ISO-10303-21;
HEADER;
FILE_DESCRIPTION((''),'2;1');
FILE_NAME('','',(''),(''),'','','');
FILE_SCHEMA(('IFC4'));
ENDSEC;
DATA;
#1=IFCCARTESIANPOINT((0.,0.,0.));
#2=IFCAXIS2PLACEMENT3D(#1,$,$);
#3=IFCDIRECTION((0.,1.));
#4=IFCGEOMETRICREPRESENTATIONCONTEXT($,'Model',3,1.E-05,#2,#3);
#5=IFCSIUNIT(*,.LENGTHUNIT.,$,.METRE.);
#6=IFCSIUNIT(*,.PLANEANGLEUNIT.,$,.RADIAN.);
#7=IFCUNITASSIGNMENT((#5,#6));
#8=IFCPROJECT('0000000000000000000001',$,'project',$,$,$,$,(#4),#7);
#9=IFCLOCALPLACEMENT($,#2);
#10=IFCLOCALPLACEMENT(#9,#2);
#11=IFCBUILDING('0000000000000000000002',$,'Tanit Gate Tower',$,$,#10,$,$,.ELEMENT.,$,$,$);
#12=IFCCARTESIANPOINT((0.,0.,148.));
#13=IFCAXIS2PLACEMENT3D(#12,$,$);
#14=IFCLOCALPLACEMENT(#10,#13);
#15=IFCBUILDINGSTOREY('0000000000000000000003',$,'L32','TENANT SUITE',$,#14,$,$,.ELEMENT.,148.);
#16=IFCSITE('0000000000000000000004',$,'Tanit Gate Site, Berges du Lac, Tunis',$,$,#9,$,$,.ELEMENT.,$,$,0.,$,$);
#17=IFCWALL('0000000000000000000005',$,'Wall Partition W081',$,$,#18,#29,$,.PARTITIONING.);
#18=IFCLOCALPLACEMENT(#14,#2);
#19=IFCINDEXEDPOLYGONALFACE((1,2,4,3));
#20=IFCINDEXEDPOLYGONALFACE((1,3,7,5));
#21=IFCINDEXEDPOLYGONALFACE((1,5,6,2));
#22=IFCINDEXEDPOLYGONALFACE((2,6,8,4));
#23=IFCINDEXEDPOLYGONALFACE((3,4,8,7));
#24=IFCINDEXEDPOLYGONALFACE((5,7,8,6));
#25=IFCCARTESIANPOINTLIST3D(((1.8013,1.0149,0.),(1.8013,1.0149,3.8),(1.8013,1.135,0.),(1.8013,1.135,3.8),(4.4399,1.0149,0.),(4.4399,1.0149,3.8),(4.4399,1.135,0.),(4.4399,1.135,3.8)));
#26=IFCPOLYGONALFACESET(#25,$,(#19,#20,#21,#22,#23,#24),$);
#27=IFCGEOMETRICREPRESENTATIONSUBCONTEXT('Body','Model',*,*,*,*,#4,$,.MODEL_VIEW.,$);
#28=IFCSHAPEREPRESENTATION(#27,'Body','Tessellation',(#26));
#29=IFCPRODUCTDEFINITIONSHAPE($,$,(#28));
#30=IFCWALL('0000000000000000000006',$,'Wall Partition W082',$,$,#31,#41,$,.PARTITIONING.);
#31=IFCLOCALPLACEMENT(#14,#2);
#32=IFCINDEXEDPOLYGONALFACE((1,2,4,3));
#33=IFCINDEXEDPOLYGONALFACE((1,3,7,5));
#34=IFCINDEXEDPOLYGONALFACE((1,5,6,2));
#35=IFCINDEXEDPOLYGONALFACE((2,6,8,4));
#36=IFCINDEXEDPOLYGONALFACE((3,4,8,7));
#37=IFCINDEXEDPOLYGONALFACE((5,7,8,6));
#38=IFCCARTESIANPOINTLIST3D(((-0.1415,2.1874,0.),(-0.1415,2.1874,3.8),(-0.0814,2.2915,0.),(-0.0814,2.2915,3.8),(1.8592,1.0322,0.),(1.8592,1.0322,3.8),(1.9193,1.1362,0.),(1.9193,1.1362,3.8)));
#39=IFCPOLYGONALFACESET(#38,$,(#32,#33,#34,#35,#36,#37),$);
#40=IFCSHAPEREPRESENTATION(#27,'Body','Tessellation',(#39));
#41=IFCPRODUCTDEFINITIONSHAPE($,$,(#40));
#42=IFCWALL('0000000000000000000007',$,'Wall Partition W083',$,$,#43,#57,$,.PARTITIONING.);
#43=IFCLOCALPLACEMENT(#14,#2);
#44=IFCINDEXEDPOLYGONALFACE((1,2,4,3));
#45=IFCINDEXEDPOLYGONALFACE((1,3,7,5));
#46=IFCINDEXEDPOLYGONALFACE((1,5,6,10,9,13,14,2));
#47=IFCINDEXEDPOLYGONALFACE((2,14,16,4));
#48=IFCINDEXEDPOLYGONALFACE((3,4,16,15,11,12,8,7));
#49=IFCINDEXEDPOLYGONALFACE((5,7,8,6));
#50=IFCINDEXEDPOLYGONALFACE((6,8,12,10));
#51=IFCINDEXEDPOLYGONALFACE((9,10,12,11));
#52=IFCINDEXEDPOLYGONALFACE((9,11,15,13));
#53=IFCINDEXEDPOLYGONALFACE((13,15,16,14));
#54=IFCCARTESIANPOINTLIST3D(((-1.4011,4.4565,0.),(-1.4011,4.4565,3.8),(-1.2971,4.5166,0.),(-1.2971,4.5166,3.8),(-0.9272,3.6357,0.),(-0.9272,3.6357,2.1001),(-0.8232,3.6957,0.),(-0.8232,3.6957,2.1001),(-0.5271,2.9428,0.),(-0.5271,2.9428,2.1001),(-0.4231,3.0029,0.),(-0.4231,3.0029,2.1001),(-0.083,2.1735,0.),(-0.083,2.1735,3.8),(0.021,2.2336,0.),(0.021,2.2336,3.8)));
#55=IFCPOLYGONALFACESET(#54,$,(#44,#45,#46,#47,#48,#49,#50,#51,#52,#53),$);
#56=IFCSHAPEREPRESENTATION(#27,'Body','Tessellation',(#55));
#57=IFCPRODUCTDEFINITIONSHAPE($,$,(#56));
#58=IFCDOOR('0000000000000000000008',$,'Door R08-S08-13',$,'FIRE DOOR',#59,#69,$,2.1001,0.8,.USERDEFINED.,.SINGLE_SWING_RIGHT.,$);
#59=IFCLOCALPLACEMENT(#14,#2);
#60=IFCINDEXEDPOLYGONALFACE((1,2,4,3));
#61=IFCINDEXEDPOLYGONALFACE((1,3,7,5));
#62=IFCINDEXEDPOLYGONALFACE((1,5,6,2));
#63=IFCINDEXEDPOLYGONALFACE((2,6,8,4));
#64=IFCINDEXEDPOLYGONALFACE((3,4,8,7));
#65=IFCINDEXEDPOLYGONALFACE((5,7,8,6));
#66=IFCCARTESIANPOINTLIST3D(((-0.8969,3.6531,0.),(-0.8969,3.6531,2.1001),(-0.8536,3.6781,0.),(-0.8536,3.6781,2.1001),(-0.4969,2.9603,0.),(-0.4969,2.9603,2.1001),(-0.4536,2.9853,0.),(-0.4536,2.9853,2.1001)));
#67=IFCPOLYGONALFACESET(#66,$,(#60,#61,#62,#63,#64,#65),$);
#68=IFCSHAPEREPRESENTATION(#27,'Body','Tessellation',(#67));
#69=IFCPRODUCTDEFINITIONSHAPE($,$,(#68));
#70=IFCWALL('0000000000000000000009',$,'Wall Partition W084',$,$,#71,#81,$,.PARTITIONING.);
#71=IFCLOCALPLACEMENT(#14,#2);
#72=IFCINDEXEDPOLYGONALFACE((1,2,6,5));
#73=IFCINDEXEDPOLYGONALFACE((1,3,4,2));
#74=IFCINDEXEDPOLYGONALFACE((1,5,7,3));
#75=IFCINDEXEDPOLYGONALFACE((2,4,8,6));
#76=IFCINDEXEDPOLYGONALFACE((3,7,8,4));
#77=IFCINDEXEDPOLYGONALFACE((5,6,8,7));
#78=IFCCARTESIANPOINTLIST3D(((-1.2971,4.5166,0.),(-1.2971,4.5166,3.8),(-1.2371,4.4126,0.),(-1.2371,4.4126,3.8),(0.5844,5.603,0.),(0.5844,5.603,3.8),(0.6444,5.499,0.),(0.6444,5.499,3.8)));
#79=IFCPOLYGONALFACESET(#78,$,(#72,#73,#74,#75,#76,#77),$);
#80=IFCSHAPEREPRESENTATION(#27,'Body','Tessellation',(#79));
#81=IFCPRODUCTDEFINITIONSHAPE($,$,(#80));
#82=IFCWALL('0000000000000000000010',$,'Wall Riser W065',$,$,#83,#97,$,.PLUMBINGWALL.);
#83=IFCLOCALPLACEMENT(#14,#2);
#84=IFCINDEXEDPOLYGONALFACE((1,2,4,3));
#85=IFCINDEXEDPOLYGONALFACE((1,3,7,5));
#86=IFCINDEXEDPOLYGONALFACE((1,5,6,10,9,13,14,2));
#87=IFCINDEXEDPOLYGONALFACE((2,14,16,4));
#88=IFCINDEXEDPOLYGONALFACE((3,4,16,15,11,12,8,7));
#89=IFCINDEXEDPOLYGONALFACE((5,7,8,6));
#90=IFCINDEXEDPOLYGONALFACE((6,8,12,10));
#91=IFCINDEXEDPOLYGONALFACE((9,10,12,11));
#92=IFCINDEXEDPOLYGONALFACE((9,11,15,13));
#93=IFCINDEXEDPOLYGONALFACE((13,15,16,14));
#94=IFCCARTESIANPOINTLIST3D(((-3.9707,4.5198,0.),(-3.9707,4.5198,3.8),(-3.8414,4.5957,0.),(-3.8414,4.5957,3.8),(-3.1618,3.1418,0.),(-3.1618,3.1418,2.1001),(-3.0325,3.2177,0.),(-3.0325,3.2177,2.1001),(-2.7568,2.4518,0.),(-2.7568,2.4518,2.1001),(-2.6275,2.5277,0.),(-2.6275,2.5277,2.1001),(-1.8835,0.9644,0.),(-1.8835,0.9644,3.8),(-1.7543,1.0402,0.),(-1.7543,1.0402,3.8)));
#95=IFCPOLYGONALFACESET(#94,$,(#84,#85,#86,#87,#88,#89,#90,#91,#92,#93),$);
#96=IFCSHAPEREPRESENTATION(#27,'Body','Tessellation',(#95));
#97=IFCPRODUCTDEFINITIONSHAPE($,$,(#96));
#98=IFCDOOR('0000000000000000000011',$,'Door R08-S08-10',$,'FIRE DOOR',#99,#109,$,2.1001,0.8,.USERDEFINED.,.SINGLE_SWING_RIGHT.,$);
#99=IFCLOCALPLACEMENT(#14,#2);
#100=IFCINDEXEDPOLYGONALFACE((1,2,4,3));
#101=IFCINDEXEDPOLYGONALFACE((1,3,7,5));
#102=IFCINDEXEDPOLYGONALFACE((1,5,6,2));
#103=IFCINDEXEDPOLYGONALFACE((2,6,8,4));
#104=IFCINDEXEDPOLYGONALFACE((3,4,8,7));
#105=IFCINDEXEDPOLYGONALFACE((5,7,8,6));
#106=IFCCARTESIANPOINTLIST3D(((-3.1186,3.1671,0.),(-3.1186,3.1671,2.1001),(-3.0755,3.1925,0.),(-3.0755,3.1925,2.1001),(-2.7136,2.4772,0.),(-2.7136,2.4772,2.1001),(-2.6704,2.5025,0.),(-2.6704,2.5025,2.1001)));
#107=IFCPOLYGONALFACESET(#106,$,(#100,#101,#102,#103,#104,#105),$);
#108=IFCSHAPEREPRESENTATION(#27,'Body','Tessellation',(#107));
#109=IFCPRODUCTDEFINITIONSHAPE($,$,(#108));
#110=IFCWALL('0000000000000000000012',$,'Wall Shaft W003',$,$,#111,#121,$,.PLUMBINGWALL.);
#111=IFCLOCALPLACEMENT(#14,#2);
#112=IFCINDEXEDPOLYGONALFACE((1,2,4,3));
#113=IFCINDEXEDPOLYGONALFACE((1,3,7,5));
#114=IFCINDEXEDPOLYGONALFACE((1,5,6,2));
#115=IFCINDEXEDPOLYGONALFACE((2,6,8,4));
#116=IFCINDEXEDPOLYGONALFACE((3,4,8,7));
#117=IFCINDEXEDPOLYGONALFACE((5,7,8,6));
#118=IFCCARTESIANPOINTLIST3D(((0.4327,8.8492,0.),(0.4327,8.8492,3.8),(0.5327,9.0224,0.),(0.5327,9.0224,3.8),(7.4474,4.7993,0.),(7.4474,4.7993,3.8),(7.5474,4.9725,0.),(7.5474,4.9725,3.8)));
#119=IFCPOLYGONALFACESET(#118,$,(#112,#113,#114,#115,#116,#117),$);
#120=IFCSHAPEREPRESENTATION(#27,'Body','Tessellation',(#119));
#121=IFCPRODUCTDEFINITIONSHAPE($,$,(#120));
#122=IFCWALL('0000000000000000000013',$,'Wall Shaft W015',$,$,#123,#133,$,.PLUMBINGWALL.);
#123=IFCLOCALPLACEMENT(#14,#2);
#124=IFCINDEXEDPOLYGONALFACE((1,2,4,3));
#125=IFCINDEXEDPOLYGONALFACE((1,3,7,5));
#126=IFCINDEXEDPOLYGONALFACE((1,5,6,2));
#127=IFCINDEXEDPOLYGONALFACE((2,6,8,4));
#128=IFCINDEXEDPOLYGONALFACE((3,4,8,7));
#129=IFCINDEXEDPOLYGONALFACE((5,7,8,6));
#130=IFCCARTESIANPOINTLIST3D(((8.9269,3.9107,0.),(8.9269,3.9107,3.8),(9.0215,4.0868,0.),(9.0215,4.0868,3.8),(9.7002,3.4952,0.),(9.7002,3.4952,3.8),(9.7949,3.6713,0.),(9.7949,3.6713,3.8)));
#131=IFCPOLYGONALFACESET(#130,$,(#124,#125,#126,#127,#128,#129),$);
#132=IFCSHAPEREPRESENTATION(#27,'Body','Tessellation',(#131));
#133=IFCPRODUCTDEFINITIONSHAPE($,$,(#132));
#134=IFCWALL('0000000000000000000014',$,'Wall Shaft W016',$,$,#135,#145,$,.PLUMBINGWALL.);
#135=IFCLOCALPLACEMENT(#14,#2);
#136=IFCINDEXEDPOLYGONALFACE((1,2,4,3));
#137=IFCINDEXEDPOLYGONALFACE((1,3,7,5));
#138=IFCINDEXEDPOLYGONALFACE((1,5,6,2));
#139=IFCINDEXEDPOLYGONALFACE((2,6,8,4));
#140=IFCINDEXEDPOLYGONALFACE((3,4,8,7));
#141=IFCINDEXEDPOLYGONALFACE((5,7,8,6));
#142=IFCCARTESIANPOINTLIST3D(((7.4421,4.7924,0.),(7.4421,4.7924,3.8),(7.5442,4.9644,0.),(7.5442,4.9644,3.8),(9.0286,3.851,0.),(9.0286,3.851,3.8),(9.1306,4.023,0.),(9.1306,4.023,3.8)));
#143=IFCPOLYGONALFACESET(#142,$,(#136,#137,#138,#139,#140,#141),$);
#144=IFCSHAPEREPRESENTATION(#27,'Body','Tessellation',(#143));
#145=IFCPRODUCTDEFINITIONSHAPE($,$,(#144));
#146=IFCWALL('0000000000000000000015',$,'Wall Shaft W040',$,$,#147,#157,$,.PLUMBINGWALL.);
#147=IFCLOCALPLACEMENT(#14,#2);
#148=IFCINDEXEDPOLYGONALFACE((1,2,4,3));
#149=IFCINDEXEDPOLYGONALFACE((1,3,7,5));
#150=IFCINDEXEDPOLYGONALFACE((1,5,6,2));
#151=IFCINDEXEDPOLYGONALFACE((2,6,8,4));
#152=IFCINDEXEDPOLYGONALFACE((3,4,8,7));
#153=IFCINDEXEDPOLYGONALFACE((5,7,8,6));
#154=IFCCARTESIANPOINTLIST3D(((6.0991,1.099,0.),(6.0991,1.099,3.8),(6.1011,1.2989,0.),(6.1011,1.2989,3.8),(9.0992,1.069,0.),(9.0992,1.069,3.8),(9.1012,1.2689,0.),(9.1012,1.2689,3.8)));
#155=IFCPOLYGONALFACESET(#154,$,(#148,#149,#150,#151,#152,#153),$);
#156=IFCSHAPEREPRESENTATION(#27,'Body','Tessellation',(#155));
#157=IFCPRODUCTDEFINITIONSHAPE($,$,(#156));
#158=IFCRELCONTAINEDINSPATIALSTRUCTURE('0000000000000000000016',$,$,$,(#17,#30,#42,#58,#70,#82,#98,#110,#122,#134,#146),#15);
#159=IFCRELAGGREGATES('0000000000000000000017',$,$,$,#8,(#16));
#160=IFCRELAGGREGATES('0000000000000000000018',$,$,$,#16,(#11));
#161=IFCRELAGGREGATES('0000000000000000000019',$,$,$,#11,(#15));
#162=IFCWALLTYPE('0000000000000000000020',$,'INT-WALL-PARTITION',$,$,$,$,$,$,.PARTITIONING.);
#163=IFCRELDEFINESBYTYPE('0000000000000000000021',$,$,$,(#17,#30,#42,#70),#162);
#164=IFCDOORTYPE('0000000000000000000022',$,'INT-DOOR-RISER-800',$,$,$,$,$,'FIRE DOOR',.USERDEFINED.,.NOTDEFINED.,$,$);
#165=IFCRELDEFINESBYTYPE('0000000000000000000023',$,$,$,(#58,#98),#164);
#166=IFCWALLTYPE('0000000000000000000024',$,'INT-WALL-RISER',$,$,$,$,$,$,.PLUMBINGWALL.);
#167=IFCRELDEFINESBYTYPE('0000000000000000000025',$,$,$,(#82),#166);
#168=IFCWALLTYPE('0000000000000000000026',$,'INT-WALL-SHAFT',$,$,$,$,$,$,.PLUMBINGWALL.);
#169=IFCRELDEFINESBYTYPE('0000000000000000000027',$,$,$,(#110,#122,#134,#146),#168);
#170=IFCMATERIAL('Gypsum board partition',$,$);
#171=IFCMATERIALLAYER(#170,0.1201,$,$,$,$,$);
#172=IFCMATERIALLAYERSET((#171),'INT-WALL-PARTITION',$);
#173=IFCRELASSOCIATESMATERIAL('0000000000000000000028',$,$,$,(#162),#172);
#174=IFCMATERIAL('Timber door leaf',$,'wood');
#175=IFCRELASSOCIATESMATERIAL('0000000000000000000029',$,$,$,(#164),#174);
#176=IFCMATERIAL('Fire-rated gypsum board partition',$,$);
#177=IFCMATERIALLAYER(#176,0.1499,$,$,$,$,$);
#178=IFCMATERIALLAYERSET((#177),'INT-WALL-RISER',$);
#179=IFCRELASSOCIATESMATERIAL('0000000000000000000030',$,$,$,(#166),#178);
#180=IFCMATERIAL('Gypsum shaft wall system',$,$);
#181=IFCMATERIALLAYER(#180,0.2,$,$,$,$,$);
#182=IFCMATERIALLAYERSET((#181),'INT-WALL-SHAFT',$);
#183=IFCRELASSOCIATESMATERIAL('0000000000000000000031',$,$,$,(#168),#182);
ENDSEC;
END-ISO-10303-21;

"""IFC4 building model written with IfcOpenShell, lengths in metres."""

from ifc_helpers import new_model, si_unit, direction, frame, frame_2d, origin, place, context, subcontext, project, spatial, rectangle, extrude, material, layer, layer_set, type_object, element, fill, save


model = new_model("IFC4")

# Units and contexts
model_context = context("Model", 3, precision=1e-05, world=origin(), true_north=direction((0.0, 1.0)))
body_context = subcontext(model_context, "Body", "Model", "MODEL_VIEW")
ifc_project = project(units=[si_unit("LENGTHUNIT", "METRE"), si_unit("PLANEANGLEUNIT", "RADIAN")], contexts=[model_context])

# Site, building, storey
site_placement = place(None, origin())
site = spatial("IfcSite", under=ifc_project, at=site_placement, Name="Tanit Gate Site, Berges du Lac, Tunis", CompositionType="ELEMENT", RefElevation=0.0)
building_placement = place(site_placement, origin())
building = spatial("IfcBuilding", under=site, at=building_placement, Name="Tanit Gate Tower", CompositionType="ELEMENT")
storey_placement = place(building_placement, frame((0.0, 0.0, 148.0)))
storey = spatial("IfcBuildingStorey", under=building, at=storey_placement, Name="L32", Description="TENANT SUITE", CompositionType="ELEMENT", Elevation=148.0)

# Shared definitions
ifc_material_1 = material(Name="Gypsum board partition")
ifc_layer_1 = layer(ifc_material_1, 0.1201)
ifc_layer_set_1 = layer_set([ifc_layer_1], Name="INT-WALL-PARTITION")
wall_type_1 = type_object("IfcWallType", Name="INT-WALL-PARTITION", PredefinedType="PARTITIONING", material=ifc_layer_set_1)
ifc_material_2 = material(Name="Timber door leaf", Category="wood")
door_type_1 = type_object("IfcDoorType", Name="INT-DOOR-RISER-800", ElementType="FIRE DOOR", OperationType="NOTDEFINED", PredefinedType="USERDEFINED", material=ifc_material_2)

# Walls
wall_1_placement = place(storey_placement, frame((1.8013, 1.075, 0.0), z_axis=(0.0, 0.0, 1.0), x_axis=(1.0, 0.0, 0.0)))
element("IfcWall", 1, at=wall_1_placement, inside=storey, type_object=wall_type_1, Name="Wall Partition W081", PredefinedType="PARTITIONING", context=body_context, shape_type="SweptSolid", body=[
    extrude(rectangle(XDim=2.6387, YDim=0.1201, at=frame_2d((1.3193, 0.0))), origin(), (0.0, 0.0, 1.0), 3.8),
])
wall_2_placement = place(storey_placement, frame((-0.1116, 2.2395, 0.0), z_axis=(0.0, 0.0, 1.0), x_axis=(0.865997, -0.500049, 0.0)))
element("IfcWall", 2, at=wall_2_placement, inside=storey, type_object=wall_type_1, Name="Wall Partition W082", PredefinedType="PARTITIONING", context=body_context, shape_type="SweptSolid", body=[
    extrude(rectangle(XDim=2.3103, YDim=0.1201, at=frame_2d((1.1553, 0.0))), origin(), (0.0, 0.0, 1.0), 3.8),
])

# Wall, opening, door
wall_3_placement = place(storey_placement, frame((-1.3491, 4.4866, 0.0), z_axis=(0.0, 0.0, 1.0), x_axis=(0.500014, -0.866017, 0.0)))
wall_3 = element("IfcWall", 3, at=wall_3_placement, inside=storey, type_object=wall_type_1, Name="Wall Partition W083", PredefinedType="PARTITIONING", context=body_context, shape_type="SweptSolid", body=[
    extrude(rectangle(XDim=2.6362, YDim=0.1201, at=frame_2d((1.3181, 0.0))), origin(), (0.0, 0.0, 1.0), 3.8),
])
opening_1_placement = place(wall_3_placement, frame((0.948, 0.0, 0.0)))
opening_1 = element("IfcOpeningElement", 4, at=opening_1_placement, cuts=wall_3, PredefinedType="OPENING", context=body_context, shape_type="SweptSolid", body=[
    extrude(rectangle(XDim=0.8, YDim=2.1001, at=frame_2d((0.3999, 1.05))), frame((0.0, 0.0701, 0.0), z_axis=(0.0, -1.0, 0.0), x_axis=(1.0, 0.0, 0.0)), (0.0, 0.0, 1.0), 0.1401),
])
door_1_placement = place(opening_1_placement, origin())
door_1 = element("IfcDoor", 5, at=door_1_placement, inside=storey, type_object=door_type_1, Name="Door R08-S08-13", ObjectType="FIRE DOOR", OperationType="SINGLE_SWING_RIGHT", OverallHeight=2.1001, OverallWidth=0.8, PredefinedType="USERDEFINED", context=body_context, shape_type="SweptSolid", body=[
    extrude(rectangle(XDim=0.8, YDim=2.1001, at=frame_2d((0.3999, 1.05))), frame((0.0, 0.0249, 0.0), z_axis=(0.0, -1.0, 0.0), x_axis=(1.0, 0.0, 0.0)), (0.0, 0.0, 1.0), 0.05),
])
fill(opening_1, door_1)

# Wall
wall_4_placement = place(storey_placement, frame((0.6145, 5.551, 0.0), z_axis=(0.0, 0.0, 1.0), x_axis=(-0.866008, -0.50003, 0.0)))
element("IfcWall", 6, at=wall_4_placement, inside=storey, type_object=wall_type_1, Name="Wall Partition W084", PredefinedType="PARTITIONING", context=body_context, shape_type="SweptSolid", body=[
    extrude(rectangle(XDim=2.1726, YDim=0.1201, at=frame_2d((1.0864, 0.0))), origin(), (0.0, 0.0, 1.0), 3.8),
])

# Wall, opening, door
ifc_material_3 = material(Name="Fire-rated gypsum board partition")
ifc_layer_2 = layer(ifc_material_3, 0.1499)
ifc_layer_set_2 = layer_set([ifc_layer_2], Name="INT-WALL-RISER")
wall_type_2 = type_object("IfcWallType", Name="INT-WALL-RISER", PredefinedType="PLUMBINGWALL", material=ifc_layer_set_2)
wall_5_placement = place(storey_placement, frame((-1.8188, 1.0022, 0.0), z_axis=(0.0, 0.0, 1.0), x_axis=(-0.506251, 0.862386, 0.0)))
wall_5 = element("IfcWall", 7, at=wall_5_placement, inside=storey, type_object=wall_type_2, Name="Wall Riser W065", PredefinedType="PLUMBINGWALL", context=body_context, shape_type="SweptSolid", body=[
    extrude(rectangle(XDim=4.1228, YDim=0.1499, at=frame_2d((2.0615, 0.0))), origin(), (0.0, 0.0, 1.0), 3.8),
])
opening_2_placement = place(wall_5_placement, frame((1.7251, 0.0, 0.0)))
opening_2 = element("IfcOpeningElement", 8, at=opening_2_placement, cuts=wall_5, PredefinedType="OPENING", context=body_context, shape_type="SweptSolid", body=[
    extrude(rectangle(XDim=0.8, YDim=2.1001, at=frame_2d((0.3999, 1.05))), frame((0.0, 0.085, 0.0), z_axis=(0.0, -1.0, 0.0), x_axis=(1.0, 0.0, 0.0)), (0.0, 0.0, 1.0), 0.1699),
])
door_2_placement = place(opening_2_placement, origin())
door_2 = element("IfcDoor", 9, at=door_2_placement, inside=storey, type_object=door_type_1, Name="Door R08-S08-10", ObjectType="FIRE DOOR", OperationType="SINGLE_SWING_RIGHT", OverallHeight=2.1001, OverallWidth=0.8, PredefinedType="USERDEFINED", context=body_context, shape_type="SweptSolid", body=[
    extrude(rectangle(XDim=0.8, YDim=2.1001, at=frame_2d((0.3999, 1.05))), frame((0.0, 0.0249, 0.0), z_axis=(0.0, -1.0, 0.0), x_axis=(1.0, 0.0, 0.0)), (0.0, 0.0, 1.0), 0.05),
])
fill(opening_2, door_2)

# Walls
ifc_material_4 = material(Name="Gypsum shaft wall system")
ifc_layer_3 = layer(ifc_material_4, 0.2)
ifc_layer_set_3 = layer_set([ifc_layer_3], Name="INT-WALL-SHAFT")
wall_type_3 = type_object("IfcWallType", Name="INT-WALL-SHAFT", PredefinedType="PLUMBINGWALL", material=ifc_layer_set_3)
wall_6_placement = place(storey_placement, frame((7.4973, 4.886, 0.0), z_axis=(0.0, 0.0, 1.0), x_axis=(-0.866031, 0.49999, 0.0)))
element("IfcWall", 10, at=wall_6_placement, inside=storey, type_object=wall_type_3, Name="Wall Shaft W003", PredefinedType="PLUMBINGWALL", context=body_context, shape_type="SweptSolid", body=[
    extrude(rectangle(XDim=8.0999, YDim=0.2, at=frame_2d((4.0498, 0.0))), origin(), (0.0, 0.0, 1.0), 3.8),
])
wall_7_placement = place(storey_placement, frame((9.7476, 3.5833, 0.0), z_axis=(0.0, 0.0, 1.0), x_axis=(-0.880917, 0.473271, 0.0)))
element("IfcWall", 11, at=wall_7_placement, inside=storey, type_object=wall_type_3, Name="Wall Shaft W015", PredefinedType="PLUMBINGWALL", context=body_context, shape_type="SweptSolid", body=[
    extrude(rectangle(XDim=0.8779, YDim=0.2, at=frame_2d((0.439, 0.0))), origin(), (0.0, 0.0, 1.0), 3.8),
])
wall_8_placement = place(storey_placement, frame((9.0796, 3.937, 0.0), z_axis=(0.0, 0.0, 1.0), x_axis=(-0.859982, 0.510325, 0.0)))
element("IfcWall", 12, at=wall_8_placement, inside=storey, type_object=wall_type_3, Name="Wall Shaft W016", PredefinedType="PLUMBINGWALL", context=body_context, shape_type="SweptSolid", body=[
    extrude(rectangle(XDim=1.8447, YDim=0.2, at=frame_2d((0.9224, 0.0))), origin(), (0.0, 0.0, 1.0), 3.8),
])

# Wall
wall_9_placement = place(storey_placement, frame((9.1001, 1.1689, 0.0), z_axis=(0.0, 0.0, 1.0), x_axis=(-0.99995, 0.010009, 0.0)))
element("IfcWall", 13, at=wall_9_placement, inside=storey, type_object=wall_type_3, Name="Wall Shaft W040", PredefinedType="PLUMBINGWALL", context=body_context, shape_type="SweptSolid", body=[
    extrude(rectangle(XDim=3.0002, YDim=0.2, at=frame_2d((1.5, 0.0))), origin(), (0.0, 0.0, 1.0), 3.8),
])

save(model, "model.ifc")
